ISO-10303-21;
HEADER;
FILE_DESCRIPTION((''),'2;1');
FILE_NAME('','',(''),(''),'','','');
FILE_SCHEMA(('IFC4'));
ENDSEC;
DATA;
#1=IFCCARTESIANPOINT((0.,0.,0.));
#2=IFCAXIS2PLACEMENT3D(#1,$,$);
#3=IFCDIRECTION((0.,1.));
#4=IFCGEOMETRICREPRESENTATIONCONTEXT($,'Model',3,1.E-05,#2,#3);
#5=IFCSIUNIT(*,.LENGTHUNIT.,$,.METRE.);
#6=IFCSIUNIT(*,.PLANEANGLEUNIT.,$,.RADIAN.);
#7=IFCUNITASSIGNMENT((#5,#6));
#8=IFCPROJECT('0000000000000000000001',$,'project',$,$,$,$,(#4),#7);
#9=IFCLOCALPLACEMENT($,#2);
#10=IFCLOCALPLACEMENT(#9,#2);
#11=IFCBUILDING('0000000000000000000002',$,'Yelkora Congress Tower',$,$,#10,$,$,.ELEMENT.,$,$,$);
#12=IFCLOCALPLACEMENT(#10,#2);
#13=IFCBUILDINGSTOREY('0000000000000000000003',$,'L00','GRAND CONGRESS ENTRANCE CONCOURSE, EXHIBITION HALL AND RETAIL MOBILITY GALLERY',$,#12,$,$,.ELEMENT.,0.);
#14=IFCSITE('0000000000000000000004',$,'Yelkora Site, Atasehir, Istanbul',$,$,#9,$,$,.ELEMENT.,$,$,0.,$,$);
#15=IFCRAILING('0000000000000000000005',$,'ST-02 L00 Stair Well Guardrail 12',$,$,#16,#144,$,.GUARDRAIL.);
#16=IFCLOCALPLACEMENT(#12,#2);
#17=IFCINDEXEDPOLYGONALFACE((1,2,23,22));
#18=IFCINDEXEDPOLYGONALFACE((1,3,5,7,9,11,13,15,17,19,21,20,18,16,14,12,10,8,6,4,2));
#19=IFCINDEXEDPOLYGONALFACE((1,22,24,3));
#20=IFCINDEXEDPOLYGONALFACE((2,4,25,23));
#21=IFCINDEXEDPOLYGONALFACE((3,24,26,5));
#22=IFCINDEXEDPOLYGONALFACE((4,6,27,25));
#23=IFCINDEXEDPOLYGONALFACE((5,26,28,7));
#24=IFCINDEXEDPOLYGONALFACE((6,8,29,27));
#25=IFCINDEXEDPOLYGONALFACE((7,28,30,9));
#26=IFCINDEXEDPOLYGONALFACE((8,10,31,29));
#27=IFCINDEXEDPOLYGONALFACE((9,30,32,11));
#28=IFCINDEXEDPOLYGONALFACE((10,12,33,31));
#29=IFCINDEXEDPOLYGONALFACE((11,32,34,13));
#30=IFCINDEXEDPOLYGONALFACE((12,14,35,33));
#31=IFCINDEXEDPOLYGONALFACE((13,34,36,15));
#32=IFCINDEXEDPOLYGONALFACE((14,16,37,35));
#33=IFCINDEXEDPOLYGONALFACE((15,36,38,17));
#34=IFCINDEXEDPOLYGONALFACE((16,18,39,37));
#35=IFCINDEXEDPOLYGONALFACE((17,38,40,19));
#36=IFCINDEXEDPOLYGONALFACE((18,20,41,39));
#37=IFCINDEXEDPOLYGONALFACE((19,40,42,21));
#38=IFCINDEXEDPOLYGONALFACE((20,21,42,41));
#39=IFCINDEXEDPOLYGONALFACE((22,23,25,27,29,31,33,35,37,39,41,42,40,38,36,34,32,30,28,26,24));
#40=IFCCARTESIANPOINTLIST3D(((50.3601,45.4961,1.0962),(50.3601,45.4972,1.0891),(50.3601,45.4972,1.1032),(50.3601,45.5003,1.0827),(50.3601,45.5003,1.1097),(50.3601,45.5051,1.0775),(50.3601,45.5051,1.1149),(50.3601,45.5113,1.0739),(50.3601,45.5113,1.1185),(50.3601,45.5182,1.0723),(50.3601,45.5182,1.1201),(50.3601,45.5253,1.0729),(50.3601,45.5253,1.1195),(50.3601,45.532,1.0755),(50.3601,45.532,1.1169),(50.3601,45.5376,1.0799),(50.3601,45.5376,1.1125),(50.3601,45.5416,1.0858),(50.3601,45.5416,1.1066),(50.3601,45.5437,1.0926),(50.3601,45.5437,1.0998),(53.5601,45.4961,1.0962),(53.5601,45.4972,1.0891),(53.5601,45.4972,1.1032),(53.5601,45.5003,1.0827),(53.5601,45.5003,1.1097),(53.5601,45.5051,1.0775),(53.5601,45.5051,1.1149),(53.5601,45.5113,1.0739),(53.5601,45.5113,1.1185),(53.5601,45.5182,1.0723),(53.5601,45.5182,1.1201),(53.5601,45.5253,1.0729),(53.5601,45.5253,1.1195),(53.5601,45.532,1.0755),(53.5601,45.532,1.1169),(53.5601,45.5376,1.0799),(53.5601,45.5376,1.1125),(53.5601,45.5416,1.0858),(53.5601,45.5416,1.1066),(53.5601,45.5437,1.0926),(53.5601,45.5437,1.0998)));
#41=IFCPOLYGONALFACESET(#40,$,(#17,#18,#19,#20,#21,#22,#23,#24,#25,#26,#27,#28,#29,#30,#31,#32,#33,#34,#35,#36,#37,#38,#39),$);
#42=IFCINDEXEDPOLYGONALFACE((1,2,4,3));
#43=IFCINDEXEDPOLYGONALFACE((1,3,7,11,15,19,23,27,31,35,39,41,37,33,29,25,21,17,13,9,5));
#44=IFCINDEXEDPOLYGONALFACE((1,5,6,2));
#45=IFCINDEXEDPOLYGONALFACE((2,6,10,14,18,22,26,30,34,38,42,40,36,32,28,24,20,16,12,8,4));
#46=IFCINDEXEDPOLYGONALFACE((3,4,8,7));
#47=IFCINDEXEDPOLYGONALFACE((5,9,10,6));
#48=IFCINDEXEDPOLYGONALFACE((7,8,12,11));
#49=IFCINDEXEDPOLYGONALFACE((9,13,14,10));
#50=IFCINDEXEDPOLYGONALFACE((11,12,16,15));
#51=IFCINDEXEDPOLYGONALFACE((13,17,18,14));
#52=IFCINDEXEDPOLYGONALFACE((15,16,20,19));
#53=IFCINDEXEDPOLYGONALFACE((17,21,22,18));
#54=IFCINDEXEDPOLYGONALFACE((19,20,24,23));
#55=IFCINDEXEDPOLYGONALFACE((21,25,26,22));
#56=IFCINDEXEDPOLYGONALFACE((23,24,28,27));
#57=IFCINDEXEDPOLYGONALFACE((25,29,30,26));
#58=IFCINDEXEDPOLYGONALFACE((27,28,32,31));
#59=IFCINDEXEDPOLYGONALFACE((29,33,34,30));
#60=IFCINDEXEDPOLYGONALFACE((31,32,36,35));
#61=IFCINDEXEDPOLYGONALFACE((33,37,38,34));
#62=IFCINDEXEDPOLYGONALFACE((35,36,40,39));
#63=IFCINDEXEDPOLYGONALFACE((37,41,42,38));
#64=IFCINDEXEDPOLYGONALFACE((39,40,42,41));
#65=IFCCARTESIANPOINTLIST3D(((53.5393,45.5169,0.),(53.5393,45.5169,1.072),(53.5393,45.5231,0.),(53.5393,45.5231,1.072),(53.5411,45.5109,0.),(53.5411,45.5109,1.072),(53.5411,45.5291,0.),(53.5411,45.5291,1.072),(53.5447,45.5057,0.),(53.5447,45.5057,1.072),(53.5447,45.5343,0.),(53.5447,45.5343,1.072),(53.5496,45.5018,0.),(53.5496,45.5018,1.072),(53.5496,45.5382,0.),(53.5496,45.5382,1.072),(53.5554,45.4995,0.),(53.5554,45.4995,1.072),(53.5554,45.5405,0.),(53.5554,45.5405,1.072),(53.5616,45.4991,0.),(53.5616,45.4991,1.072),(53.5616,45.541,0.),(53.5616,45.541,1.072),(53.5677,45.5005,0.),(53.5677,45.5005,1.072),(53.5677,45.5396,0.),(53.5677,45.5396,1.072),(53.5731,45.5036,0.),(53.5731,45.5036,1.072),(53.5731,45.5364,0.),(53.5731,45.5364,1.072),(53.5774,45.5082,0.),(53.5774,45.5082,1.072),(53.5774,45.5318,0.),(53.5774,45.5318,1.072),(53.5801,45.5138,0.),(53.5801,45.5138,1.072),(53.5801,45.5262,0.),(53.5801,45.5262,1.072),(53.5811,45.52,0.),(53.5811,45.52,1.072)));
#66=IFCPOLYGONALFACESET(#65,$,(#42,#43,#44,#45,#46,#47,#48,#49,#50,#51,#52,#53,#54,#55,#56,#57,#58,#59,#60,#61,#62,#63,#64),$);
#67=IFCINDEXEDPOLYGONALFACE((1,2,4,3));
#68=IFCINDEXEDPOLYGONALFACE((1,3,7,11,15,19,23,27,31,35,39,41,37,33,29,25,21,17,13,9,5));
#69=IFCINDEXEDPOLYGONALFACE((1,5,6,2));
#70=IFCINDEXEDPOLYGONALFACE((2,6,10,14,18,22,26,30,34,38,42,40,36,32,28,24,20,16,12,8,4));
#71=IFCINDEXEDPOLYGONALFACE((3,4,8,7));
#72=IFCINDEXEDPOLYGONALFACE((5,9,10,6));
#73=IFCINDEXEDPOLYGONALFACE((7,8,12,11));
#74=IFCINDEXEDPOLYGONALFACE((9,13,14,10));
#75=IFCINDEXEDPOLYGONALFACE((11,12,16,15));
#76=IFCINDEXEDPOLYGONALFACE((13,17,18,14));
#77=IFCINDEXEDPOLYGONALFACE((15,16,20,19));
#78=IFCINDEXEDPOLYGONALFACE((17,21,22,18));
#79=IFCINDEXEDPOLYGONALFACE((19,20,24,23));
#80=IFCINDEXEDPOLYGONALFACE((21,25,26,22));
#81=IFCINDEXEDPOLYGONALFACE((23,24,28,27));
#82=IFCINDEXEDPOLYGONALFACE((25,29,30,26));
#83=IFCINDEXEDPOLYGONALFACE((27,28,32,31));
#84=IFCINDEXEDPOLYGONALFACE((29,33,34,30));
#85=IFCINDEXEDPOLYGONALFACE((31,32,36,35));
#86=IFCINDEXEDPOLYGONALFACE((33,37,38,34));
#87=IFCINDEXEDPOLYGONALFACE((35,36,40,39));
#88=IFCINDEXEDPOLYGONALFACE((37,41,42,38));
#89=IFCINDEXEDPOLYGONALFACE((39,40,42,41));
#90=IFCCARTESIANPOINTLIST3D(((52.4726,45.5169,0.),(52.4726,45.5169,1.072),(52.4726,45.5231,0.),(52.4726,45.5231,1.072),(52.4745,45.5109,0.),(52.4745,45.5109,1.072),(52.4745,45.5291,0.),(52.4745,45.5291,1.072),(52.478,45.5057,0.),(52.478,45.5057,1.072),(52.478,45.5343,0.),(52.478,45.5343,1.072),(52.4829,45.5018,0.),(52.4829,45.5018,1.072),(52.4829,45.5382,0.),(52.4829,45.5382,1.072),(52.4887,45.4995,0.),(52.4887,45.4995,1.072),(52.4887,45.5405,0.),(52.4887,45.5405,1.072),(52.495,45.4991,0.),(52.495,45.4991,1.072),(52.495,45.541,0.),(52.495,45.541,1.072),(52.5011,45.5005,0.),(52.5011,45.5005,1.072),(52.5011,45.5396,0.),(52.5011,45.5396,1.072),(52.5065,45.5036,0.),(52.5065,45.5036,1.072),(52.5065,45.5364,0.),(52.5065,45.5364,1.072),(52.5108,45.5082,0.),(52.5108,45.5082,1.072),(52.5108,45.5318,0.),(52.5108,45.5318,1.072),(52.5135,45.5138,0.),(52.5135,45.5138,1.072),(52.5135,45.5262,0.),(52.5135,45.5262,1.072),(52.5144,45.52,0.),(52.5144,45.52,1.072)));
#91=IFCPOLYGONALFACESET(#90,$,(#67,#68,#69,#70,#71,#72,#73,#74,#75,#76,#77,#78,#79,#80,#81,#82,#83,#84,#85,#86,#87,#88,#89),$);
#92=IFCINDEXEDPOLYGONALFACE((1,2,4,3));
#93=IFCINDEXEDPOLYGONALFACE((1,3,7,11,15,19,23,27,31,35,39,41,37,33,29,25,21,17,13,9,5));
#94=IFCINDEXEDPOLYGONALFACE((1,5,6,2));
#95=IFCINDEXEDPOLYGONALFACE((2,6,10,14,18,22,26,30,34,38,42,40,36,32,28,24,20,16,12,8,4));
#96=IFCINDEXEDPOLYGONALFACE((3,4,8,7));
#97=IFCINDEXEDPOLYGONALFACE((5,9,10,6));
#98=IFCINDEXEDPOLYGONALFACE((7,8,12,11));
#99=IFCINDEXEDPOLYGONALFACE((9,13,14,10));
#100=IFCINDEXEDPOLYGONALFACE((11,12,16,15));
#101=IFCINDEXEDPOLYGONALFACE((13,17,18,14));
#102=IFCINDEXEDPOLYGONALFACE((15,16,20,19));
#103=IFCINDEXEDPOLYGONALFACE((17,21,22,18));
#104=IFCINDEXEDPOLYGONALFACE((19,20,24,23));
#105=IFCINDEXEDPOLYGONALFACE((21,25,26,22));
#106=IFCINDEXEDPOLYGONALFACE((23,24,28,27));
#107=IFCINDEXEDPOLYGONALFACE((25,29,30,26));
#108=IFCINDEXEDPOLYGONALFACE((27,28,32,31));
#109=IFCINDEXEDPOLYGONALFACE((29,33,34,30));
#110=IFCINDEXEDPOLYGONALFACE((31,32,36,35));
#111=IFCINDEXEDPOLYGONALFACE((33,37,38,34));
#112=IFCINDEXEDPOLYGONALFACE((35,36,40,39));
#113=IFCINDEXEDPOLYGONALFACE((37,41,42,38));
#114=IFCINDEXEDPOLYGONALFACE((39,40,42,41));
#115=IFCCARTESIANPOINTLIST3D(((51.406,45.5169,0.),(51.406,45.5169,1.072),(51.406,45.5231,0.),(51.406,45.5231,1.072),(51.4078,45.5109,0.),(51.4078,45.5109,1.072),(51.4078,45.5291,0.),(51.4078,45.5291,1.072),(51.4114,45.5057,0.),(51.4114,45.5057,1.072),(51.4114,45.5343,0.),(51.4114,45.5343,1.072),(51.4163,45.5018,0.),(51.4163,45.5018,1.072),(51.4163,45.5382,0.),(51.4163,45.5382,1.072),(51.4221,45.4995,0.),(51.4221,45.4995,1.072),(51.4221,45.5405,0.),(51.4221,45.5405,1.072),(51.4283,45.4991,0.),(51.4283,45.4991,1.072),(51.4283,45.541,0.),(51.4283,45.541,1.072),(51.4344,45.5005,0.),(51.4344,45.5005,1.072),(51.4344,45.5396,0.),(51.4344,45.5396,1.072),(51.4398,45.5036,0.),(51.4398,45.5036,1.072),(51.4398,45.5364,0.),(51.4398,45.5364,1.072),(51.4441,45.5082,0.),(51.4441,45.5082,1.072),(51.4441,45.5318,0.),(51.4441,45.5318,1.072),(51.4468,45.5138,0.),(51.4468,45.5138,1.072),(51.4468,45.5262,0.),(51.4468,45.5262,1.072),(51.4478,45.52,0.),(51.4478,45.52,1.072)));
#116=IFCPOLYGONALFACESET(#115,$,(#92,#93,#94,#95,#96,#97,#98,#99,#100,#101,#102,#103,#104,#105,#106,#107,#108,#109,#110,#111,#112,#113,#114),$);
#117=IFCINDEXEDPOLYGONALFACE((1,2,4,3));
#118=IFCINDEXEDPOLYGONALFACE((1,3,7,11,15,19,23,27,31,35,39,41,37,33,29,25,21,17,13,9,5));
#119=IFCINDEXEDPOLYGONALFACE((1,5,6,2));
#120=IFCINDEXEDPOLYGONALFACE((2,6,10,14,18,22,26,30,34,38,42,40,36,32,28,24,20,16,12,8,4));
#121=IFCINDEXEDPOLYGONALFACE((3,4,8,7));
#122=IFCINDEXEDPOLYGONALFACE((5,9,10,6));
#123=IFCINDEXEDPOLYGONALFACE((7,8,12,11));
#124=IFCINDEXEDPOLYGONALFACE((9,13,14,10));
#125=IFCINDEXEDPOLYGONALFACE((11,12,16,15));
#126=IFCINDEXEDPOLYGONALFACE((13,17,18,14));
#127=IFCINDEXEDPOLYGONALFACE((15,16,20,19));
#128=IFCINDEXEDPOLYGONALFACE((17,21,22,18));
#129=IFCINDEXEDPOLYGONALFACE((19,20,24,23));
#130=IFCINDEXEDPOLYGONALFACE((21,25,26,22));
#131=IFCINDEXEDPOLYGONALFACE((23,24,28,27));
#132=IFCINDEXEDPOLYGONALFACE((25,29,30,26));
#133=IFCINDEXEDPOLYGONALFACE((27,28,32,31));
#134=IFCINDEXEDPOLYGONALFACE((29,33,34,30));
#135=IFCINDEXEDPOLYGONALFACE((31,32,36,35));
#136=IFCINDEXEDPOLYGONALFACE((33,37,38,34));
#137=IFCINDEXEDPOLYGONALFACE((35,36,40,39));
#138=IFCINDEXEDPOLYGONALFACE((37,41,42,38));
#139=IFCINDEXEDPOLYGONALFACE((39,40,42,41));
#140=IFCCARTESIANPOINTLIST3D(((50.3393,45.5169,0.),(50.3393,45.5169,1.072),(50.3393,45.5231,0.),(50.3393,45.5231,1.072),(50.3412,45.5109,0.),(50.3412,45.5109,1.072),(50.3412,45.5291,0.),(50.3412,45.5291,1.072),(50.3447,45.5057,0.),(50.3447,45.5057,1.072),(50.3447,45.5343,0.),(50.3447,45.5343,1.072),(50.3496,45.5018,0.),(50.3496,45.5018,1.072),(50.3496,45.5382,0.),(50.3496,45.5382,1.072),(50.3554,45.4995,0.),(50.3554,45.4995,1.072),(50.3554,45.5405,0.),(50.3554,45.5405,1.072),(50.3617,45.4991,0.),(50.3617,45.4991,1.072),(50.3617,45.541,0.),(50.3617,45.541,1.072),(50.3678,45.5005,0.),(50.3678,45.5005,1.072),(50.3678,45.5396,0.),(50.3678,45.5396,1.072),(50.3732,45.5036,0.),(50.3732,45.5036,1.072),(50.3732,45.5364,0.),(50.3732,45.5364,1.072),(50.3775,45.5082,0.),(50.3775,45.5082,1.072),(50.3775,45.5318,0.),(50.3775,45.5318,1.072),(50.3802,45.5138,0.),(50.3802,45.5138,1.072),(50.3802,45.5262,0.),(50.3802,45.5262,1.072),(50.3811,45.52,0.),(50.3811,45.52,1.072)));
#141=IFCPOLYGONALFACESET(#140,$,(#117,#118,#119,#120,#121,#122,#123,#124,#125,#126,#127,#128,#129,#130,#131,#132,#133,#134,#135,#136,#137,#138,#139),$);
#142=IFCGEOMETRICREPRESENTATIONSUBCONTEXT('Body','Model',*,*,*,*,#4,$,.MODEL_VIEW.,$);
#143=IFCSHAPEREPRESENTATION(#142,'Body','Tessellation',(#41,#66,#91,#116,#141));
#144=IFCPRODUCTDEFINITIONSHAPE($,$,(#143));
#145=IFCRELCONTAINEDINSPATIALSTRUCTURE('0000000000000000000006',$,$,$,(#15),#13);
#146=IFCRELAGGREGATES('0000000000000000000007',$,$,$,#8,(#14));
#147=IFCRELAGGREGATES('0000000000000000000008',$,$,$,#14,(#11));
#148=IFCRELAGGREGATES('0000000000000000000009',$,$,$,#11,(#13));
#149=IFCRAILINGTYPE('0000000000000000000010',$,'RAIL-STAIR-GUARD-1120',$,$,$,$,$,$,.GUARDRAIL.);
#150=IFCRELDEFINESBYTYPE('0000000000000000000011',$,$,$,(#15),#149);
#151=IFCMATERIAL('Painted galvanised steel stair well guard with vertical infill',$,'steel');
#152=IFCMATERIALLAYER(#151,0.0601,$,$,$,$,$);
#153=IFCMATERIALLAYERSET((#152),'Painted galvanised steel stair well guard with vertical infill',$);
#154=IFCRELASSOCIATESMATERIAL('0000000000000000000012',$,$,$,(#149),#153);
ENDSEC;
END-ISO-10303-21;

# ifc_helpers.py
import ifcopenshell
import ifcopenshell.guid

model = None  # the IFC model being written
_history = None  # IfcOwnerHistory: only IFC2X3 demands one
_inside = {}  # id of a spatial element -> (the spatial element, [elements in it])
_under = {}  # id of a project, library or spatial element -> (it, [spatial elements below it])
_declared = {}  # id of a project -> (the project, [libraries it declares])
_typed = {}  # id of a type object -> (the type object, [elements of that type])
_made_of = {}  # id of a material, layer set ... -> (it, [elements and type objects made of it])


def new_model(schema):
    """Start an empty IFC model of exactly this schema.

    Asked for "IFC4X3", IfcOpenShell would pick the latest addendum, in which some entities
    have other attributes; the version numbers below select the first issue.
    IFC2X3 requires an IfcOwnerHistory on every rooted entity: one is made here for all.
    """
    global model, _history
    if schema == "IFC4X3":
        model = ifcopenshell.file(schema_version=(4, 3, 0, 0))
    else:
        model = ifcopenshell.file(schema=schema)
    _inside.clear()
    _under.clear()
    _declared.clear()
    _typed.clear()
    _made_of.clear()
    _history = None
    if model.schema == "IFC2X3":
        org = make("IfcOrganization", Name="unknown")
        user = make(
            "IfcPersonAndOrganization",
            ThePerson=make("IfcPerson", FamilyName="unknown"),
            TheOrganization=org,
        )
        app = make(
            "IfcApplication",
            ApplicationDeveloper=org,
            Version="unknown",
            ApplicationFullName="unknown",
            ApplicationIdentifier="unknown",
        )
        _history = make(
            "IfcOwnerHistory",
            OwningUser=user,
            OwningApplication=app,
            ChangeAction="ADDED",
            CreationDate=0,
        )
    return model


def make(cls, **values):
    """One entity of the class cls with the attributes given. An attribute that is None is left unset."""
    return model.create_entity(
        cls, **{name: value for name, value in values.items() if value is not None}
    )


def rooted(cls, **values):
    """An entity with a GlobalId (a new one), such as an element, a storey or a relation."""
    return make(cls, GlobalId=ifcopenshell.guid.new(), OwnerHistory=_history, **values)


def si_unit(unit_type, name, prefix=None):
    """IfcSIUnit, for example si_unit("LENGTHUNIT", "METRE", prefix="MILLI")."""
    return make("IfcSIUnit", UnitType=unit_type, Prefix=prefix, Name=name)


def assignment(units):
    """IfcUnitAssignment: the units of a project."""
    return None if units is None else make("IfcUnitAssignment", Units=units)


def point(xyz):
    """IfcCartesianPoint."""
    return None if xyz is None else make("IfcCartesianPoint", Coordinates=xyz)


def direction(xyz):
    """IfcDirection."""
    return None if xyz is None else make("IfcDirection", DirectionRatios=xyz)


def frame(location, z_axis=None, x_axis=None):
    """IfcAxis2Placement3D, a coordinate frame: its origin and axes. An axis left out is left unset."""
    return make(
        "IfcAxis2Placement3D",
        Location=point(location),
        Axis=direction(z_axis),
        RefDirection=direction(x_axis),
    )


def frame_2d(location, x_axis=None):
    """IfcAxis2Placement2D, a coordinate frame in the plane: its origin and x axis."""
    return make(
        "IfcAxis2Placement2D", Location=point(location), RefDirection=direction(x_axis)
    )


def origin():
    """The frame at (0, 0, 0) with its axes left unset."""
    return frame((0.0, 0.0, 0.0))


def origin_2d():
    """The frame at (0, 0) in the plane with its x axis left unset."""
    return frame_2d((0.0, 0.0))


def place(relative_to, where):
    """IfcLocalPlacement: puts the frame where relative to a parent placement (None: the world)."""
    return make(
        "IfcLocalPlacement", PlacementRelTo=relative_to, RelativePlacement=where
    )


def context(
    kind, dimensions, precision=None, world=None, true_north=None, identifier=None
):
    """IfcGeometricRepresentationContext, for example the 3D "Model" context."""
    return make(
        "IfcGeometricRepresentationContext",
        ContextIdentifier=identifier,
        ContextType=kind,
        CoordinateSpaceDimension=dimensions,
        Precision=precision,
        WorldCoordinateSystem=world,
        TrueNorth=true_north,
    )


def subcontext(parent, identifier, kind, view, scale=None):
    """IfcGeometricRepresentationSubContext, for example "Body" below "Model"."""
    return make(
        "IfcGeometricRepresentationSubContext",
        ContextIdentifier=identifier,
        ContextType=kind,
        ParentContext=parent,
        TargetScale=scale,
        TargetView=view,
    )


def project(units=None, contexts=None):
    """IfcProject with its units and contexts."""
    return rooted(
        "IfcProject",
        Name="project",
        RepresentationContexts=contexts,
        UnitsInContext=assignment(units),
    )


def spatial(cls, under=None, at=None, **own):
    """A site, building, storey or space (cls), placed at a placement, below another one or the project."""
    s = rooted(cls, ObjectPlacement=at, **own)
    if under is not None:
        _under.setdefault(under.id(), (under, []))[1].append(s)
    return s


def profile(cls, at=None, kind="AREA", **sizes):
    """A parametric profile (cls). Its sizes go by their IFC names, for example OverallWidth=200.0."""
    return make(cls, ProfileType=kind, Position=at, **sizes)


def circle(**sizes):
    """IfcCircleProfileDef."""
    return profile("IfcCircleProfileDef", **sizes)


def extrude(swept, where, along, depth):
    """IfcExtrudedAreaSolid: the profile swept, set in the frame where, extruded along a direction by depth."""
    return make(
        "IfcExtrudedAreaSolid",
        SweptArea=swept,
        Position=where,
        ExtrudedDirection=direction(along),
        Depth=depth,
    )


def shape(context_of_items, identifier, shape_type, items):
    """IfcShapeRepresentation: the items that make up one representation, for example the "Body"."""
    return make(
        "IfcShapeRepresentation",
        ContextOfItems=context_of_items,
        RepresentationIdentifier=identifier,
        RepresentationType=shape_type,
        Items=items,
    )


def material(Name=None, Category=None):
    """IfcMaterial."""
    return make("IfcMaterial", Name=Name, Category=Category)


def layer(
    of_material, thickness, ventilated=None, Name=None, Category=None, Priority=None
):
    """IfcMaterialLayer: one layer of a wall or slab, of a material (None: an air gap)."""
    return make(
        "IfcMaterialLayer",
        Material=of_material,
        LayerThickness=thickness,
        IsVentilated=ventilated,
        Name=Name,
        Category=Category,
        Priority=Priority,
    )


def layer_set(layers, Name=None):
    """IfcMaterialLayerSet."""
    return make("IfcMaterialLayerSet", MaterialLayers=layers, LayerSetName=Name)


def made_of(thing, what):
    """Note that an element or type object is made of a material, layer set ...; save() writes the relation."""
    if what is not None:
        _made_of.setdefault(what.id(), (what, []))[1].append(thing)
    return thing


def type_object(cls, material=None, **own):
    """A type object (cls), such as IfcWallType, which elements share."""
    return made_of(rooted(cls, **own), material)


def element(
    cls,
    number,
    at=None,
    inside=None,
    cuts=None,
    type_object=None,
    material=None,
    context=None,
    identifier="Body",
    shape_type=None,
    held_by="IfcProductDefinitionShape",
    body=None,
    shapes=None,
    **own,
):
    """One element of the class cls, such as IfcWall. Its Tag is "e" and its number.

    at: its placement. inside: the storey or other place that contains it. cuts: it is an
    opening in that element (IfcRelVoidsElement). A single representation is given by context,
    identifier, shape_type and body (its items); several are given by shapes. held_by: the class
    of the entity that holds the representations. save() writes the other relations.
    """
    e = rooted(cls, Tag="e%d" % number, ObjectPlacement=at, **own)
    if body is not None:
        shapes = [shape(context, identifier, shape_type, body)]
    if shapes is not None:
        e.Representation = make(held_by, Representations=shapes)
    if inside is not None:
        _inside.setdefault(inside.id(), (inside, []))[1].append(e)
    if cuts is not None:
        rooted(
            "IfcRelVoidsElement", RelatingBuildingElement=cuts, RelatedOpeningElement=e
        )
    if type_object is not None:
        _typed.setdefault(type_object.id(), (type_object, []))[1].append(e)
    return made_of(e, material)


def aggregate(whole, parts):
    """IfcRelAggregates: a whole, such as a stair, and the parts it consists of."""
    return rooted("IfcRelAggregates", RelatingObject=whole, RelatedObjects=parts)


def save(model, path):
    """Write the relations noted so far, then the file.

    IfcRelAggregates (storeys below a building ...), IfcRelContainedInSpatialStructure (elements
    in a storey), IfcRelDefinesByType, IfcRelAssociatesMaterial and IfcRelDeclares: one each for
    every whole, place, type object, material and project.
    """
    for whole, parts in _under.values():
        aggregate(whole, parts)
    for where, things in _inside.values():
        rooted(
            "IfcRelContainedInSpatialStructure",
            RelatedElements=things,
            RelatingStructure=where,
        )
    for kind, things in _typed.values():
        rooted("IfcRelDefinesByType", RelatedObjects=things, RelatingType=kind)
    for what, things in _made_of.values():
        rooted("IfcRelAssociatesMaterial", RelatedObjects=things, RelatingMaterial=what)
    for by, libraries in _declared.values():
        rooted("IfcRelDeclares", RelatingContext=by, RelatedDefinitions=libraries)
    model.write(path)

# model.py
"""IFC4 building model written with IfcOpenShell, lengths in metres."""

from ifc_helpers import new_model, si_unit, direction, frame, origin, origin_2d, place, context, subcontext, project, spatial, circle, extrude, material, layer, layer_set, type_object, element, save


model = new_model("IFC4")

# Units and contexts
model_context = context("Model", 3, precision=1e-05, world=origin(), true_north=direction((0.0, 1.0)))
body_context = subcontext(model_context, "Body", "Model", "MODEL_VIEW")
ifc_project = project(units=[si_unit("LENGTHUNIT", "METRE"), si_unit("PLANEANGLEUNIT", "RADIAN")], contexts=[model_context])

# Site, building, storey
site_placement = place(None, origin())
site = spatial("IfcSite", under=ifc_project, at=site_placement, Name="Yelkora Site, Atasehir, Istanbul", CompositionType="ELEMENT", RefElevation=0.0)
building_placement = place(site_placement, origin())
building = spatial("IfcBuilding", under=site, at=building_placement, Name="Yelkora Congress Tower", CompositionType="ELEMENT")
storey_placement = place(building_placement, origin())
storey = spatial("IfcBuildingStorey", under=building, at=storey_placement, Name="L00", Description="GRAND CONGRESS ENTRANCE CONCOURSE, EXHIBITION HALL AND RETAIL MOBILITY GALLERY", CompositionType="ELEMENT", Elevation=0.0)

# Railing
ifc_material_1 = material(Name="Painted galvanised steel stair well guard with vertical infill", Category="steel")
ifc_layer_1 = layer(ifc_material_1, 0.0601)
ifc_layer_set_1 = layer_set([ifc_layer_1], Name="Painted galvanised steel stair well guard with vertical infill")
railing_type_1 = type_object("IfcRailingType", Name="RAIL-STAIR-GUARD-1120", PredefinedType="GUARDRAIL", material=ifc_layer_set_1)
railing_1_placement = place(storey_placement, frame((53.5601, 45.52, 0.0)))
element("IfcRailing", 1, at=railing_1_placement, inside=storey, type_object=railing_type_1, Name="ST-02 L00 Stair Well Guardrail 12", PredefinedType="GUARDRAIL", context=body_context, shape_type="SweptSolid", body=[
    extrude(circle(Radius=0.0239, at=origin_2d()), frame((0.0, 0.0, 1.0962), z_axis=(-1.0, 0.0, 0.0), x_axis=(0.0, -1.0, 0.0)), (0.0, 0.0, 1.0), 3.2),
    extrude(circle(Radius=0.021, at=origin_2d()), origin(), (0.0, 0.0, 1.0), 1.072),
    extrude(circle(Radius=0.021, at=origin_2d()), frame((-1.0667, 0.0, 0.0)), (0.0, 0.0, 1.0), 1.072),
    extrude(circle(Radius=0.021, at=origin_2d()), frame((-2.1333, 0.0, 0.0)), (0.0, 0.0, 1.0), 1.072),
    extrude(circle(Radius=0.021, at=origin_2d()), frame((-3.2, 0.0, 0.0)), (0.0, 0.0, 1.0), 1.072),
])

save(model, "model.ifc")
